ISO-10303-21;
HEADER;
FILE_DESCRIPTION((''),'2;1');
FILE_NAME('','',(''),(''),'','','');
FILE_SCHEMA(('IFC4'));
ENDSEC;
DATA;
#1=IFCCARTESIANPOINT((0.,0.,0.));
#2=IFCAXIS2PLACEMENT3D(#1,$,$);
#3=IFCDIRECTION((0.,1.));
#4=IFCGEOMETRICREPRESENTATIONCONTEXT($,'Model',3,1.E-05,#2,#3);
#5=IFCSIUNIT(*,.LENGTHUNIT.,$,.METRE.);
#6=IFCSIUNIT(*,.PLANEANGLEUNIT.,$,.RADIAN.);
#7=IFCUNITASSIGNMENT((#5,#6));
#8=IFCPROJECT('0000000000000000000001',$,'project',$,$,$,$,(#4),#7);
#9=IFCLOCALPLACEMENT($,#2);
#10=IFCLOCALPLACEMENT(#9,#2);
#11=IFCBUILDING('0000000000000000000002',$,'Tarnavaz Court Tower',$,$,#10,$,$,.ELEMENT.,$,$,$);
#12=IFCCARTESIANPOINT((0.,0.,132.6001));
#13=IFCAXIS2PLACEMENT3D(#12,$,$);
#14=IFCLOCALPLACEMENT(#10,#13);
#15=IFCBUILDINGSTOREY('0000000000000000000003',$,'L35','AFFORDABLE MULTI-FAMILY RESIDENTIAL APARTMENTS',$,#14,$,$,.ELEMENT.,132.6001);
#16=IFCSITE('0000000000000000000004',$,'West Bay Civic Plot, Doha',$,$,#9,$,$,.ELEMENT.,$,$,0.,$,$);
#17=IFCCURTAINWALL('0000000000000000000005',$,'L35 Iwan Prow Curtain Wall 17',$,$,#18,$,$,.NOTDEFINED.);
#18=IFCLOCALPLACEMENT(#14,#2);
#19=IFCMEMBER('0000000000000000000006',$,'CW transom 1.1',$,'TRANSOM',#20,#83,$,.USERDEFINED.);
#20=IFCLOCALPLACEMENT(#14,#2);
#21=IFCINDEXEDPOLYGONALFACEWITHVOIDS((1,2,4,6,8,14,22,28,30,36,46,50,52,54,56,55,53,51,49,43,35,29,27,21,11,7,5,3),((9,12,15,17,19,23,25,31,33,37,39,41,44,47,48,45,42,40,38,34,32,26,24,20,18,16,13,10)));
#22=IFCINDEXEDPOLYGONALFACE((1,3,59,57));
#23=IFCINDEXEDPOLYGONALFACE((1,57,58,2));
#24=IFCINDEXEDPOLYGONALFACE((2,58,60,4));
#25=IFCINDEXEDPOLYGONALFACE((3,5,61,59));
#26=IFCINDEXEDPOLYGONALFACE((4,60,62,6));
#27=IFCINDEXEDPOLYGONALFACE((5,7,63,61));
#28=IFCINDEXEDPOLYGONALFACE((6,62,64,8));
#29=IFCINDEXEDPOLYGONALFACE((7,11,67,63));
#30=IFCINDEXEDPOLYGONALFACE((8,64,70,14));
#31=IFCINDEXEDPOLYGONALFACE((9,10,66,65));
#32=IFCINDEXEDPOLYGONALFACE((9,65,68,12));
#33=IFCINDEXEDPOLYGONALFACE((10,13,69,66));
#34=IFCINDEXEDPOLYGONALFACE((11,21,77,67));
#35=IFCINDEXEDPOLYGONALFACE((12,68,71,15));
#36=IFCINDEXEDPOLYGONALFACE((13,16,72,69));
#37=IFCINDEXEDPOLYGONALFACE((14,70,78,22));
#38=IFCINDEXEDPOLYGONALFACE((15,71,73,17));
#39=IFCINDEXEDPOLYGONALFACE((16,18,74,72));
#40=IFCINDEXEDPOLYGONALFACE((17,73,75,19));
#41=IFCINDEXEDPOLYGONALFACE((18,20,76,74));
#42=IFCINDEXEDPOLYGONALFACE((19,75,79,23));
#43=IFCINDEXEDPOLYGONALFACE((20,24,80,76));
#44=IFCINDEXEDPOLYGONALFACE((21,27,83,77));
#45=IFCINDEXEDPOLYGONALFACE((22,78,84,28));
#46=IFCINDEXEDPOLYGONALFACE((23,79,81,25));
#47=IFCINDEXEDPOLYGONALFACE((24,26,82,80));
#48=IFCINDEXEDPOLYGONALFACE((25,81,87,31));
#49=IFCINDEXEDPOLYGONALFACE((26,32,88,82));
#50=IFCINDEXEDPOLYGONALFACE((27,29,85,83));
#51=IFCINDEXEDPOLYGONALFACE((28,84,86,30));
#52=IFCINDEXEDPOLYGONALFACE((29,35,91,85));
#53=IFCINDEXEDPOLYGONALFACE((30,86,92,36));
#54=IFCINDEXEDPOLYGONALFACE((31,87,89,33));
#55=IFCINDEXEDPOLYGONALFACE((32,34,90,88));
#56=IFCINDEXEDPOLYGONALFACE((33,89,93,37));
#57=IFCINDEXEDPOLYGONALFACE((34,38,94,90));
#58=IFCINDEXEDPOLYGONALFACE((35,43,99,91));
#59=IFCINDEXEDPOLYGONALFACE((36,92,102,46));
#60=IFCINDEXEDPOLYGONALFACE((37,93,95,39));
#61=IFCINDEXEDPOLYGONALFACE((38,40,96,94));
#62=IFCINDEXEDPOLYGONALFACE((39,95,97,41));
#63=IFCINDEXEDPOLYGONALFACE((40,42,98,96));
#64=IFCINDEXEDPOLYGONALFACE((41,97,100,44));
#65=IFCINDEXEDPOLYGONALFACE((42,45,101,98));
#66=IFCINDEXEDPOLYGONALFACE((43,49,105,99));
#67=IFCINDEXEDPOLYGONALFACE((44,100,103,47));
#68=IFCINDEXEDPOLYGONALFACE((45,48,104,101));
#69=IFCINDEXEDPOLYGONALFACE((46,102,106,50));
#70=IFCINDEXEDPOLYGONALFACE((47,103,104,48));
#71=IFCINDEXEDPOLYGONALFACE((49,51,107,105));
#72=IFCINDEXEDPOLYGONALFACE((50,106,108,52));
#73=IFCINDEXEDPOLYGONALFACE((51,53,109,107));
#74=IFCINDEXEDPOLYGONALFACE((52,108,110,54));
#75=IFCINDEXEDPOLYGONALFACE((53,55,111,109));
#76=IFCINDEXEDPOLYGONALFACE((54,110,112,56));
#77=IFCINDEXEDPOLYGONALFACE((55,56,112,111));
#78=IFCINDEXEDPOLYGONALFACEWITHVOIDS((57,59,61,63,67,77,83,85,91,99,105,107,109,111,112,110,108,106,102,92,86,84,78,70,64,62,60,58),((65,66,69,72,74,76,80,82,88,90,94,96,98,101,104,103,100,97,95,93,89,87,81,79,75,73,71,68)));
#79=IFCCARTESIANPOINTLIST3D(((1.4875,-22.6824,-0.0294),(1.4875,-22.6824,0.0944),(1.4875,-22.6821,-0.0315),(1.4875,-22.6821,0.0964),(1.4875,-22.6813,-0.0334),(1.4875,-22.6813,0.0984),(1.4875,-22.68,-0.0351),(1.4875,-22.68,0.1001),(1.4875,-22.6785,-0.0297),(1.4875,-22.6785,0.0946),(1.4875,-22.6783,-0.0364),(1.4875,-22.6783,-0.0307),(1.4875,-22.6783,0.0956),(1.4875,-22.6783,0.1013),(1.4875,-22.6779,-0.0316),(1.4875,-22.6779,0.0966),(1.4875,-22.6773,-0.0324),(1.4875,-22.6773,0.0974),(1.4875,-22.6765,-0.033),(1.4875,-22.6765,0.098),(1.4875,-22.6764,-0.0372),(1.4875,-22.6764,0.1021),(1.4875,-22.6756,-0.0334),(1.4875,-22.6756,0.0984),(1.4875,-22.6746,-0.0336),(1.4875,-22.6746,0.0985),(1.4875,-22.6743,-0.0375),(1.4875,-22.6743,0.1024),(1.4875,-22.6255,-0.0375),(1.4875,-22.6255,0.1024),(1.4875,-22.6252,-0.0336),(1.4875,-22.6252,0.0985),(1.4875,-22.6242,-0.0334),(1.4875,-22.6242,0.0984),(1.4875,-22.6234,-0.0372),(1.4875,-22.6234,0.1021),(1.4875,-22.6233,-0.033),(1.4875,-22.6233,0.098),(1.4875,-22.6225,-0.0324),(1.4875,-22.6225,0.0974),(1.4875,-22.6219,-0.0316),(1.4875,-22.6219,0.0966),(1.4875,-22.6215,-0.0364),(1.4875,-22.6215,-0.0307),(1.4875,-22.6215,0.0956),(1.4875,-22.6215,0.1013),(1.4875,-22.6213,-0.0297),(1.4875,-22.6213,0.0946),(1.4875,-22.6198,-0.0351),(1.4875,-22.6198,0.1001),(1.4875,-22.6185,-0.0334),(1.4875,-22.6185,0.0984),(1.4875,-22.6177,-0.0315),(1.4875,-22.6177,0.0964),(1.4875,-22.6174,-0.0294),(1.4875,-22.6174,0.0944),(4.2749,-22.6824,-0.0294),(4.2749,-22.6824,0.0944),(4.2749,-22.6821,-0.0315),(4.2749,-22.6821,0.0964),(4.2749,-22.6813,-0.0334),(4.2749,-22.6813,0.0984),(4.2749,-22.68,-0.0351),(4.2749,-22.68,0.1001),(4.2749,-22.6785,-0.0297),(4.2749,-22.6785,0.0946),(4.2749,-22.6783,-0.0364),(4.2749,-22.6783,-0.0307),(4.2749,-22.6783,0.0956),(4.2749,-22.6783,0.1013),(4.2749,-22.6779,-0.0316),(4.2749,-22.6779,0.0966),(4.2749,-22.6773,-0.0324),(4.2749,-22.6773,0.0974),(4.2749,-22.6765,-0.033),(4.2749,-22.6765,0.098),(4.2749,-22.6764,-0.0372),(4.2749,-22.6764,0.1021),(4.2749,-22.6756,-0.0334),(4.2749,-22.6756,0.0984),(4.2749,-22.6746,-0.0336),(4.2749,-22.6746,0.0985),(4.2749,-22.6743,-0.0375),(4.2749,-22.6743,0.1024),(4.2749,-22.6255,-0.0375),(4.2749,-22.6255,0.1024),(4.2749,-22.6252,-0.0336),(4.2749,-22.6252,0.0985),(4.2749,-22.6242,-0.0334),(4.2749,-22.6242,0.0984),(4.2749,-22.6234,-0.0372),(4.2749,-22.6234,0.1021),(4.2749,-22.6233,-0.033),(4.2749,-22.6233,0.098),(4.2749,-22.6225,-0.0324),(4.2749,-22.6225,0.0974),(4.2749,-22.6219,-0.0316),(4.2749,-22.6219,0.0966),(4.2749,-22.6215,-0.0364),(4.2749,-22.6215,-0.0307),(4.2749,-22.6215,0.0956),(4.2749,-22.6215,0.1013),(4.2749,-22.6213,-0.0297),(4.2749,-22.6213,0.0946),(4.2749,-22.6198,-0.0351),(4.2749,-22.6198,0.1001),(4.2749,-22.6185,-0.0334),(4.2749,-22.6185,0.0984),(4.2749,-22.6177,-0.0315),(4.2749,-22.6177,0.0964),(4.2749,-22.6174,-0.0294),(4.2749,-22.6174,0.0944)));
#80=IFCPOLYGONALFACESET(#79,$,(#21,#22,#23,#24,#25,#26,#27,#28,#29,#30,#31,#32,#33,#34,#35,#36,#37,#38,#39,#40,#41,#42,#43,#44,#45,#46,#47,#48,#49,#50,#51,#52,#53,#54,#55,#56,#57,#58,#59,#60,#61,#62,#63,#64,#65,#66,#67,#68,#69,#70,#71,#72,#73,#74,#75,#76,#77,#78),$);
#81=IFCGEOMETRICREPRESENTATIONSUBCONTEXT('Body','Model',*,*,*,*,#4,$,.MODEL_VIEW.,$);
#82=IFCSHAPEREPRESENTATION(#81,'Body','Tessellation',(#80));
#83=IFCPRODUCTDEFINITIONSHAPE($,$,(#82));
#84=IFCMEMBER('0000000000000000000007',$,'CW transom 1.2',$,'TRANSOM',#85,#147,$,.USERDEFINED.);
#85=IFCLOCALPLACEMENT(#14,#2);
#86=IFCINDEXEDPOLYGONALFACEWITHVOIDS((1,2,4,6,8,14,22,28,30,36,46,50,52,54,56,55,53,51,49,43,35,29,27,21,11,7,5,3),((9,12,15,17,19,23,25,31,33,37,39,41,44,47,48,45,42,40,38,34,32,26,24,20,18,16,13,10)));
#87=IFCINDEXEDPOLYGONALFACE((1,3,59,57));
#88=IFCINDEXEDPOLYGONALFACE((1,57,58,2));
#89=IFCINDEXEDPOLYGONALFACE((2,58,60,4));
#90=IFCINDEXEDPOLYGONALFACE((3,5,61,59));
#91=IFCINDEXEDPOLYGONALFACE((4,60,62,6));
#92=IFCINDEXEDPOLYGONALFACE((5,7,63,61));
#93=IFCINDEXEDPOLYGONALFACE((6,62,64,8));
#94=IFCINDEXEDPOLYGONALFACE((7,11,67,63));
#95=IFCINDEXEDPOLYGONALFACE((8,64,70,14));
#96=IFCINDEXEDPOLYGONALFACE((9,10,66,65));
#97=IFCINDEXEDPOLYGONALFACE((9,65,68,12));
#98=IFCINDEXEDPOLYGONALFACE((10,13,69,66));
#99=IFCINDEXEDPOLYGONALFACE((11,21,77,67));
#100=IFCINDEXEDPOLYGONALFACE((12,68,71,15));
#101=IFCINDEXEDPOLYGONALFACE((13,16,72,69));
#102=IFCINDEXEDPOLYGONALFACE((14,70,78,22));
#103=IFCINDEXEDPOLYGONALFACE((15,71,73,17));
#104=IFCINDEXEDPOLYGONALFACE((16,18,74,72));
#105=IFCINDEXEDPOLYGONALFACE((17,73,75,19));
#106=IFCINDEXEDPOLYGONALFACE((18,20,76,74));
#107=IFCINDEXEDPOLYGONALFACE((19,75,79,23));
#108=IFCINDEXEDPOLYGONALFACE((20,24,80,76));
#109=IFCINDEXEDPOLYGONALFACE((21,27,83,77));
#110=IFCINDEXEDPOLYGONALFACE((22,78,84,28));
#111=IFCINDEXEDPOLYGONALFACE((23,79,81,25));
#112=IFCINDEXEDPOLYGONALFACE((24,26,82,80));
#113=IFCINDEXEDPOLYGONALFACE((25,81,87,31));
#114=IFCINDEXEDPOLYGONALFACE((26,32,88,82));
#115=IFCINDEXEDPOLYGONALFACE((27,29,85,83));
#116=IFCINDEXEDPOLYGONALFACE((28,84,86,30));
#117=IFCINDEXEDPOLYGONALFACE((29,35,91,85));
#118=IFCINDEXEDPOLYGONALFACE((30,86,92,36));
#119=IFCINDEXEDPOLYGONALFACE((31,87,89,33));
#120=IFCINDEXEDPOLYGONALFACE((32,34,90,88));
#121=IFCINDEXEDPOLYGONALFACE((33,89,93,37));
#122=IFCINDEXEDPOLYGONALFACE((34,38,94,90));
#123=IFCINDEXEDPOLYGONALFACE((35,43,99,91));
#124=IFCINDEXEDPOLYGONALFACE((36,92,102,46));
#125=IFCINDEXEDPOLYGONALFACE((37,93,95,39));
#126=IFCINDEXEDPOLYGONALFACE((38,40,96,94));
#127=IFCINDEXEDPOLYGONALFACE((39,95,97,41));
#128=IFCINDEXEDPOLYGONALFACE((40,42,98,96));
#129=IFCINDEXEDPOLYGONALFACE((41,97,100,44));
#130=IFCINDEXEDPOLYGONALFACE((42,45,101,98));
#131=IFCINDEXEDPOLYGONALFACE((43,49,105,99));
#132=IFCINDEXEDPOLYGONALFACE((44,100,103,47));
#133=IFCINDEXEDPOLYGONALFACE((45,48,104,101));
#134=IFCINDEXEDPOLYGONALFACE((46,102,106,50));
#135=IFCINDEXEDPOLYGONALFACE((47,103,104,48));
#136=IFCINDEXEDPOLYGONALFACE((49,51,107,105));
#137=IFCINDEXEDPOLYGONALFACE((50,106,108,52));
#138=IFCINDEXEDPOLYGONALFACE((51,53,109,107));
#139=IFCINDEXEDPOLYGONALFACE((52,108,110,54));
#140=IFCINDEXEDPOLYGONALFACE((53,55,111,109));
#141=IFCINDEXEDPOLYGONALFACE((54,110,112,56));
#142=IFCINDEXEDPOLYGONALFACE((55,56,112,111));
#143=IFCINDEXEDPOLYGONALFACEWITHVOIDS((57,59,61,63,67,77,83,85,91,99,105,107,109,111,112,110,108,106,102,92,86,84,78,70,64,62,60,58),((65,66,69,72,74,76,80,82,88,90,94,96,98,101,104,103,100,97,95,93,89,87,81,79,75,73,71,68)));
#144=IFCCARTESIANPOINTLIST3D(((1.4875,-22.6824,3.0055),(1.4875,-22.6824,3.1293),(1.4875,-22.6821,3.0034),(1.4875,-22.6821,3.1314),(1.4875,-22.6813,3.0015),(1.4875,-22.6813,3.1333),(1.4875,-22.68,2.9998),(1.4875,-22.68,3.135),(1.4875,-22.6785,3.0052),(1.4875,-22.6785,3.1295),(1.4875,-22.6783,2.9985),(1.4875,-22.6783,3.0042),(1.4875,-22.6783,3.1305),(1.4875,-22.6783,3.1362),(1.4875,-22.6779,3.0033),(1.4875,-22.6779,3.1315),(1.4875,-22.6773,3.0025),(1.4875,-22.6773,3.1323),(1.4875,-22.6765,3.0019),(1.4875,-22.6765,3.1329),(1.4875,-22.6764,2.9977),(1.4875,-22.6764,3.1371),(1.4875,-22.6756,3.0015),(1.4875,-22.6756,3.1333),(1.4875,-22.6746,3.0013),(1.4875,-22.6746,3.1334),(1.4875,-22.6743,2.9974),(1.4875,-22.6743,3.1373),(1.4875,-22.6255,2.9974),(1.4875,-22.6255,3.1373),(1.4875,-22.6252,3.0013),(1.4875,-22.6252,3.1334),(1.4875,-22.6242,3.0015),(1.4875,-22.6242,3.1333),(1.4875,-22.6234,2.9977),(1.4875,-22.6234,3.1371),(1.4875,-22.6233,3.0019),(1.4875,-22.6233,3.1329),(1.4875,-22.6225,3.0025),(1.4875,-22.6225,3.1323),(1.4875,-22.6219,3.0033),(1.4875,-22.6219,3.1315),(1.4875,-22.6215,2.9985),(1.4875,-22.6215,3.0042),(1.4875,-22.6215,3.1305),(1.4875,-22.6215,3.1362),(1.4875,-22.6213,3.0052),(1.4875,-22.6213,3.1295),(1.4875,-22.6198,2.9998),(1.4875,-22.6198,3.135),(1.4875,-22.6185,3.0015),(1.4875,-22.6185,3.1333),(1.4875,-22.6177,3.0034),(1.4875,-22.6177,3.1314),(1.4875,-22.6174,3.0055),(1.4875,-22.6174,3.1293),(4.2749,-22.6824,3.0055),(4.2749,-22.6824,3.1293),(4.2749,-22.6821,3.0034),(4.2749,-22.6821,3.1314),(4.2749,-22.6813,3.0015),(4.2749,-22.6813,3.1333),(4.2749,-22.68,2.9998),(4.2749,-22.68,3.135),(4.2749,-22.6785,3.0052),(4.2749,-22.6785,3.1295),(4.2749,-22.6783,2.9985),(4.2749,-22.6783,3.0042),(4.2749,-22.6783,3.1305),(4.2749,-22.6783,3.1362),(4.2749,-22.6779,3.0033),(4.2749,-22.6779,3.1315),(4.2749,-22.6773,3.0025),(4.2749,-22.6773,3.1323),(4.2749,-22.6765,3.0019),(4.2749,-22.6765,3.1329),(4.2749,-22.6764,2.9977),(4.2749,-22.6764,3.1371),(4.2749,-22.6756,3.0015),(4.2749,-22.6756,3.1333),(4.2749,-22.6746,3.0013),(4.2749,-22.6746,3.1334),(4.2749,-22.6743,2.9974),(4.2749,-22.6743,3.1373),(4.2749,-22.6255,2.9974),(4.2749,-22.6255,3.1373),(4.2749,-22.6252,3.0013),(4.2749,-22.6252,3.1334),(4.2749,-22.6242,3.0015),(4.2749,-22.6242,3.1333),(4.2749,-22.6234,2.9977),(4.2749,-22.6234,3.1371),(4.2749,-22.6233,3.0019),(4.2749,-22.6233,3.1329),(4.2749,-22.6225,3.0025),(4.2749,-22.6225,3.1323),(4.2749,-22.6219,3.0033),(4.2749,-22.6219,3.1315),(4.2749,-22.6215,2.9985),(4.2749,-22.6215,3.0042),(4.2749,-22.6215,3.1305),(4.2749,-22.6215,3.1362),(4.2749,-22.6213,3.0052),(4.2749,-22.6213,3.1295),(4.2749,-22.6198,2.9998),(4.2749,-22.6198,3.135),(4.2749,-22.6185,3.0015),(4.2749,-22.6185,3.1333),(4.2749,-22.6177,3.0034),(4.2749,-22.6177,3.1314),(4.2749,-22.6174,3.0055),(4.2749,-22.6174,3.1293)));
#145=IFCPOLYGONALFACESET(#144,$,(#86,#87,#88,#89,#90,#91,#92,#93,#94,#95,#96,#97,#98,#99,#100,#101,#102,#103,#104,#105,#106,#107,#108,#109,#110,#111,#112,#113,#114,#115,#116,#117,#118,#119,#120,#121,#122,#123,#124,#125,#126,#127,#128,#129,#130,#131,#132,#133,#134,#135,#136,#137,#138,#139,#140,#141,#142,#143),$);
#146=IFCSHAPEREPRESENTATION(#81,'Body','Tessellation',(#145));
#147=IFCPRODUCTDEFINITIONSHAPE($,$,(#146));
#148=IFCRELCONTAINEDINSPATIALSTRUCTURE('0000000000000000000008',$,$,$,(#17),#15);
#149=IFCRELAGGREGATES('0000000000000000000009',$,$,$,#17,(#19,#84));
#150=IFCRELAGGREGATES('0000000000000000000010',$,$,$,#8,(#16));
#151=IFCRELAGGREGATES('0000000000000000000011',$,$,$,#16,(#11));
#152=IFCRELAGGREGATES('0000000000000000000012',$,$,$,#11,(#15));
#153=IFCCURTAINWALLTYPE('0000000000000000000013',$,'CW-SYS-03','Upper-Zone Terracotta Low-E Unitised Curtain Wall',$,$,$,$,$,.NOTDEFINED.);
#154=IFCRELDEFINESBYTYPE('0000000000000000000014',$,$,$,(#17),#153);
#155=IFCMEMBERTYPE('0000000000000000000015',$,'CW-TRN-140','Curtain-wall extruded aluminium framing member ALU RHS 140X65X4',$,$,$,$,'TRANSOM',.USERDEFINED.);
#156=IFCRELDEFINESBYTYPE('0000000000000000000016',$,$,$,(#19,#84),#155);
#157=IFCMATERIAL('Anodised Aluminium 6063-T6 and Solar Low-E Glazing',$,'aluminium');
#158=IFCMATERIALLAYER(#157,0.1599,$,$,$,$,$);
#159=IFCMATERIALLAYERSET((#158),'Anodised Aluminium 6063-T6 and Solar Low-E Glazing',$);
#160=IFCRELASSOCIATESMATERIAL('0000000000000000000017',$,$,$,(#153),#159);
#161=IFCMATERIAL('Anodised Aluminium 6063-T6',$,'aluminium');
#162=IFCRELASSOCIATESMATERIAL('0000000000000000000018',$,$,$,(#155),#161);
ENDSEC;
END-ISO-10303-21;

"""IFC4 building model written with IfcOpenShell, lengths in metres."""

from ifc_helpers import new_model, si_unit, direction, frame, origin, origin_2d, place, context, subcontext, project, spatial, hollow_rectangle, extrude, material, layer, layer_set, material_profile, profile_set, type_object, element, aggregate, save


model = new_model("IFC4")

# Units and contexts
model_context = context("Model", 3, precision=1e-05, world=origin(), true_north=direction((0.0, 1.0)))
body_context = subcontext(model_context, "Body", "Model", "MODEL_VIEW")
ifc_project = project(units=[si_unit("LENGTHUNIT", "METRE"), si_unit("PLANEANGLEUNIT", "RADIAN")], contexts=[model_context])

# Site, building, storey
site_placement = place(None, origin())
site = spatial("IfcSite", under=ifc_project, at=site_placement, Name="West Bay Civic Plot, Doha", CompositionType="ELEMENT", RefElevation=0.0)
building_placement = place(site_placement, origin())
building = spatial("IfcBuilding", under=site, at=building_placement, Name="Tarnavaz Court Tower", CompositionType="ELEMENT")
storey_placement = place(building_placement, frame((0.0, 0.0, 132.6001)))
storey = spatial("IfcBuildingStorey", under=building, at=storey_placement, Name="L35", Description="AFFORDABLE MULTI-FAMILY RESIDENTIAL APARTMENTS", CompositionType="ELEMENT", Elevation=132.6001)

# Curtain wall, members
ifc_material_1 = material(Name="Anodised Aluminium 6063-T6 and Solar Low-E Glazing", Category="aluminium")
ifc_layer_1 = layer(ifc_material_1, 0.1599)
ifc_layer_set_1 = layer_set([ifc_layer_1], Name="Anodised Aluminium 6063-T6 and Solar Low-E Glazing")
curtain_wall_type = type_object("IfcCurtainWallType", Name="CW-SYS-03", Description="Upper-Zone Terracotta Low-E Unitised Curtain Wall", PredefinedType="NOTDEFINED", material=ifc_layer_set_1)
curtain_wall_placement = place(storey_placement, origin())
curtain_wall = element("IfcCurtainWall", 1, at=curtain_wall_placement, inside=storey, type_object=curtain_wall_type, Name="L35 Iwan Prow Curtain Wall 17", PredefinedType="NOTDEFINED")
ifc_material_2 = material(Name="Anodised Aluminium 6063-T6", Category="aluminium")
ifc_material_profile_1 = material_profile(ifc_material_2, hollow_rectangle(XDim=0.0649, YDim=0.1399, WallThickness=0.0039, InnerFilletRadius=0.0039, OuterFilletRadius=0.0081, at=origin_2d()), Name="ALU RHS 140X65X4")
ifc_profile_set_1 = profile_set([ifc_material_profile_1], Name="Anodised Aluminium 6063-T6")
member_type_1 = type_object("IfcMemberType", Name="CW-TRN-140", Description="Curtain-wall extruded aluminium framing member ALU RHS 140X65X4", ElementType="TRANSOM", PredefinedType="USERDEFINED", material=ifc_profile_set_1)
member_1_placement = place(storey_placement, frame((4.2749, -22.6499, 0.0325), z_axis=(-1.0, 0.0, 0.0), x_axis=(0.0, -1.0, 0.0)))
member_1 = element("IfcMember", 2, at=member_1_placement, type_object=member_type_1, Name="CW transom 1.1", ObjectType="TRANSOM", PredefinedType="USERDEFINED", context=body_context, shape_type="SweptSolid", body=[
    extrude(hollow_rectangle(XDim=0.0649, YDim=0.1399, WallThickness=0.0039, InnerFilletRadius=0.0039, OuterFilletRadius=0.0081, at=origin_2d()), origin(), (0.0, 0.0, 1.0), 2.7874),
])
member_2_placement = place(storey_placement, frame((4.2749, -22.6499, 3.0674), z_axis=(-1.0, 0.0, 0.0), x_axis=(0.0, -1.0, 0.0)))
member_2 = element("IfcMember", 3, at=member_2_placement, type_object=member_type_1, Name="CW transom 1.2", ObjectType="TRANSOM", PredefinedType="USERDEFINED", context=body_context, shape_type="SweptSolid", body=[
    extrude(hollow_rectangle(XDim=0.0649, YDim=0.1399, WallThickness=0.0039, InnerFilletRadius=0.0039, OuterFilletRadius=0.0081, at=origin_2d()), origin(), (0.0, 0.0, 1.0), 2.7874),
])
aggregate(curtain_wall, [member_1, member_2])

save(model, "model.ifc")
